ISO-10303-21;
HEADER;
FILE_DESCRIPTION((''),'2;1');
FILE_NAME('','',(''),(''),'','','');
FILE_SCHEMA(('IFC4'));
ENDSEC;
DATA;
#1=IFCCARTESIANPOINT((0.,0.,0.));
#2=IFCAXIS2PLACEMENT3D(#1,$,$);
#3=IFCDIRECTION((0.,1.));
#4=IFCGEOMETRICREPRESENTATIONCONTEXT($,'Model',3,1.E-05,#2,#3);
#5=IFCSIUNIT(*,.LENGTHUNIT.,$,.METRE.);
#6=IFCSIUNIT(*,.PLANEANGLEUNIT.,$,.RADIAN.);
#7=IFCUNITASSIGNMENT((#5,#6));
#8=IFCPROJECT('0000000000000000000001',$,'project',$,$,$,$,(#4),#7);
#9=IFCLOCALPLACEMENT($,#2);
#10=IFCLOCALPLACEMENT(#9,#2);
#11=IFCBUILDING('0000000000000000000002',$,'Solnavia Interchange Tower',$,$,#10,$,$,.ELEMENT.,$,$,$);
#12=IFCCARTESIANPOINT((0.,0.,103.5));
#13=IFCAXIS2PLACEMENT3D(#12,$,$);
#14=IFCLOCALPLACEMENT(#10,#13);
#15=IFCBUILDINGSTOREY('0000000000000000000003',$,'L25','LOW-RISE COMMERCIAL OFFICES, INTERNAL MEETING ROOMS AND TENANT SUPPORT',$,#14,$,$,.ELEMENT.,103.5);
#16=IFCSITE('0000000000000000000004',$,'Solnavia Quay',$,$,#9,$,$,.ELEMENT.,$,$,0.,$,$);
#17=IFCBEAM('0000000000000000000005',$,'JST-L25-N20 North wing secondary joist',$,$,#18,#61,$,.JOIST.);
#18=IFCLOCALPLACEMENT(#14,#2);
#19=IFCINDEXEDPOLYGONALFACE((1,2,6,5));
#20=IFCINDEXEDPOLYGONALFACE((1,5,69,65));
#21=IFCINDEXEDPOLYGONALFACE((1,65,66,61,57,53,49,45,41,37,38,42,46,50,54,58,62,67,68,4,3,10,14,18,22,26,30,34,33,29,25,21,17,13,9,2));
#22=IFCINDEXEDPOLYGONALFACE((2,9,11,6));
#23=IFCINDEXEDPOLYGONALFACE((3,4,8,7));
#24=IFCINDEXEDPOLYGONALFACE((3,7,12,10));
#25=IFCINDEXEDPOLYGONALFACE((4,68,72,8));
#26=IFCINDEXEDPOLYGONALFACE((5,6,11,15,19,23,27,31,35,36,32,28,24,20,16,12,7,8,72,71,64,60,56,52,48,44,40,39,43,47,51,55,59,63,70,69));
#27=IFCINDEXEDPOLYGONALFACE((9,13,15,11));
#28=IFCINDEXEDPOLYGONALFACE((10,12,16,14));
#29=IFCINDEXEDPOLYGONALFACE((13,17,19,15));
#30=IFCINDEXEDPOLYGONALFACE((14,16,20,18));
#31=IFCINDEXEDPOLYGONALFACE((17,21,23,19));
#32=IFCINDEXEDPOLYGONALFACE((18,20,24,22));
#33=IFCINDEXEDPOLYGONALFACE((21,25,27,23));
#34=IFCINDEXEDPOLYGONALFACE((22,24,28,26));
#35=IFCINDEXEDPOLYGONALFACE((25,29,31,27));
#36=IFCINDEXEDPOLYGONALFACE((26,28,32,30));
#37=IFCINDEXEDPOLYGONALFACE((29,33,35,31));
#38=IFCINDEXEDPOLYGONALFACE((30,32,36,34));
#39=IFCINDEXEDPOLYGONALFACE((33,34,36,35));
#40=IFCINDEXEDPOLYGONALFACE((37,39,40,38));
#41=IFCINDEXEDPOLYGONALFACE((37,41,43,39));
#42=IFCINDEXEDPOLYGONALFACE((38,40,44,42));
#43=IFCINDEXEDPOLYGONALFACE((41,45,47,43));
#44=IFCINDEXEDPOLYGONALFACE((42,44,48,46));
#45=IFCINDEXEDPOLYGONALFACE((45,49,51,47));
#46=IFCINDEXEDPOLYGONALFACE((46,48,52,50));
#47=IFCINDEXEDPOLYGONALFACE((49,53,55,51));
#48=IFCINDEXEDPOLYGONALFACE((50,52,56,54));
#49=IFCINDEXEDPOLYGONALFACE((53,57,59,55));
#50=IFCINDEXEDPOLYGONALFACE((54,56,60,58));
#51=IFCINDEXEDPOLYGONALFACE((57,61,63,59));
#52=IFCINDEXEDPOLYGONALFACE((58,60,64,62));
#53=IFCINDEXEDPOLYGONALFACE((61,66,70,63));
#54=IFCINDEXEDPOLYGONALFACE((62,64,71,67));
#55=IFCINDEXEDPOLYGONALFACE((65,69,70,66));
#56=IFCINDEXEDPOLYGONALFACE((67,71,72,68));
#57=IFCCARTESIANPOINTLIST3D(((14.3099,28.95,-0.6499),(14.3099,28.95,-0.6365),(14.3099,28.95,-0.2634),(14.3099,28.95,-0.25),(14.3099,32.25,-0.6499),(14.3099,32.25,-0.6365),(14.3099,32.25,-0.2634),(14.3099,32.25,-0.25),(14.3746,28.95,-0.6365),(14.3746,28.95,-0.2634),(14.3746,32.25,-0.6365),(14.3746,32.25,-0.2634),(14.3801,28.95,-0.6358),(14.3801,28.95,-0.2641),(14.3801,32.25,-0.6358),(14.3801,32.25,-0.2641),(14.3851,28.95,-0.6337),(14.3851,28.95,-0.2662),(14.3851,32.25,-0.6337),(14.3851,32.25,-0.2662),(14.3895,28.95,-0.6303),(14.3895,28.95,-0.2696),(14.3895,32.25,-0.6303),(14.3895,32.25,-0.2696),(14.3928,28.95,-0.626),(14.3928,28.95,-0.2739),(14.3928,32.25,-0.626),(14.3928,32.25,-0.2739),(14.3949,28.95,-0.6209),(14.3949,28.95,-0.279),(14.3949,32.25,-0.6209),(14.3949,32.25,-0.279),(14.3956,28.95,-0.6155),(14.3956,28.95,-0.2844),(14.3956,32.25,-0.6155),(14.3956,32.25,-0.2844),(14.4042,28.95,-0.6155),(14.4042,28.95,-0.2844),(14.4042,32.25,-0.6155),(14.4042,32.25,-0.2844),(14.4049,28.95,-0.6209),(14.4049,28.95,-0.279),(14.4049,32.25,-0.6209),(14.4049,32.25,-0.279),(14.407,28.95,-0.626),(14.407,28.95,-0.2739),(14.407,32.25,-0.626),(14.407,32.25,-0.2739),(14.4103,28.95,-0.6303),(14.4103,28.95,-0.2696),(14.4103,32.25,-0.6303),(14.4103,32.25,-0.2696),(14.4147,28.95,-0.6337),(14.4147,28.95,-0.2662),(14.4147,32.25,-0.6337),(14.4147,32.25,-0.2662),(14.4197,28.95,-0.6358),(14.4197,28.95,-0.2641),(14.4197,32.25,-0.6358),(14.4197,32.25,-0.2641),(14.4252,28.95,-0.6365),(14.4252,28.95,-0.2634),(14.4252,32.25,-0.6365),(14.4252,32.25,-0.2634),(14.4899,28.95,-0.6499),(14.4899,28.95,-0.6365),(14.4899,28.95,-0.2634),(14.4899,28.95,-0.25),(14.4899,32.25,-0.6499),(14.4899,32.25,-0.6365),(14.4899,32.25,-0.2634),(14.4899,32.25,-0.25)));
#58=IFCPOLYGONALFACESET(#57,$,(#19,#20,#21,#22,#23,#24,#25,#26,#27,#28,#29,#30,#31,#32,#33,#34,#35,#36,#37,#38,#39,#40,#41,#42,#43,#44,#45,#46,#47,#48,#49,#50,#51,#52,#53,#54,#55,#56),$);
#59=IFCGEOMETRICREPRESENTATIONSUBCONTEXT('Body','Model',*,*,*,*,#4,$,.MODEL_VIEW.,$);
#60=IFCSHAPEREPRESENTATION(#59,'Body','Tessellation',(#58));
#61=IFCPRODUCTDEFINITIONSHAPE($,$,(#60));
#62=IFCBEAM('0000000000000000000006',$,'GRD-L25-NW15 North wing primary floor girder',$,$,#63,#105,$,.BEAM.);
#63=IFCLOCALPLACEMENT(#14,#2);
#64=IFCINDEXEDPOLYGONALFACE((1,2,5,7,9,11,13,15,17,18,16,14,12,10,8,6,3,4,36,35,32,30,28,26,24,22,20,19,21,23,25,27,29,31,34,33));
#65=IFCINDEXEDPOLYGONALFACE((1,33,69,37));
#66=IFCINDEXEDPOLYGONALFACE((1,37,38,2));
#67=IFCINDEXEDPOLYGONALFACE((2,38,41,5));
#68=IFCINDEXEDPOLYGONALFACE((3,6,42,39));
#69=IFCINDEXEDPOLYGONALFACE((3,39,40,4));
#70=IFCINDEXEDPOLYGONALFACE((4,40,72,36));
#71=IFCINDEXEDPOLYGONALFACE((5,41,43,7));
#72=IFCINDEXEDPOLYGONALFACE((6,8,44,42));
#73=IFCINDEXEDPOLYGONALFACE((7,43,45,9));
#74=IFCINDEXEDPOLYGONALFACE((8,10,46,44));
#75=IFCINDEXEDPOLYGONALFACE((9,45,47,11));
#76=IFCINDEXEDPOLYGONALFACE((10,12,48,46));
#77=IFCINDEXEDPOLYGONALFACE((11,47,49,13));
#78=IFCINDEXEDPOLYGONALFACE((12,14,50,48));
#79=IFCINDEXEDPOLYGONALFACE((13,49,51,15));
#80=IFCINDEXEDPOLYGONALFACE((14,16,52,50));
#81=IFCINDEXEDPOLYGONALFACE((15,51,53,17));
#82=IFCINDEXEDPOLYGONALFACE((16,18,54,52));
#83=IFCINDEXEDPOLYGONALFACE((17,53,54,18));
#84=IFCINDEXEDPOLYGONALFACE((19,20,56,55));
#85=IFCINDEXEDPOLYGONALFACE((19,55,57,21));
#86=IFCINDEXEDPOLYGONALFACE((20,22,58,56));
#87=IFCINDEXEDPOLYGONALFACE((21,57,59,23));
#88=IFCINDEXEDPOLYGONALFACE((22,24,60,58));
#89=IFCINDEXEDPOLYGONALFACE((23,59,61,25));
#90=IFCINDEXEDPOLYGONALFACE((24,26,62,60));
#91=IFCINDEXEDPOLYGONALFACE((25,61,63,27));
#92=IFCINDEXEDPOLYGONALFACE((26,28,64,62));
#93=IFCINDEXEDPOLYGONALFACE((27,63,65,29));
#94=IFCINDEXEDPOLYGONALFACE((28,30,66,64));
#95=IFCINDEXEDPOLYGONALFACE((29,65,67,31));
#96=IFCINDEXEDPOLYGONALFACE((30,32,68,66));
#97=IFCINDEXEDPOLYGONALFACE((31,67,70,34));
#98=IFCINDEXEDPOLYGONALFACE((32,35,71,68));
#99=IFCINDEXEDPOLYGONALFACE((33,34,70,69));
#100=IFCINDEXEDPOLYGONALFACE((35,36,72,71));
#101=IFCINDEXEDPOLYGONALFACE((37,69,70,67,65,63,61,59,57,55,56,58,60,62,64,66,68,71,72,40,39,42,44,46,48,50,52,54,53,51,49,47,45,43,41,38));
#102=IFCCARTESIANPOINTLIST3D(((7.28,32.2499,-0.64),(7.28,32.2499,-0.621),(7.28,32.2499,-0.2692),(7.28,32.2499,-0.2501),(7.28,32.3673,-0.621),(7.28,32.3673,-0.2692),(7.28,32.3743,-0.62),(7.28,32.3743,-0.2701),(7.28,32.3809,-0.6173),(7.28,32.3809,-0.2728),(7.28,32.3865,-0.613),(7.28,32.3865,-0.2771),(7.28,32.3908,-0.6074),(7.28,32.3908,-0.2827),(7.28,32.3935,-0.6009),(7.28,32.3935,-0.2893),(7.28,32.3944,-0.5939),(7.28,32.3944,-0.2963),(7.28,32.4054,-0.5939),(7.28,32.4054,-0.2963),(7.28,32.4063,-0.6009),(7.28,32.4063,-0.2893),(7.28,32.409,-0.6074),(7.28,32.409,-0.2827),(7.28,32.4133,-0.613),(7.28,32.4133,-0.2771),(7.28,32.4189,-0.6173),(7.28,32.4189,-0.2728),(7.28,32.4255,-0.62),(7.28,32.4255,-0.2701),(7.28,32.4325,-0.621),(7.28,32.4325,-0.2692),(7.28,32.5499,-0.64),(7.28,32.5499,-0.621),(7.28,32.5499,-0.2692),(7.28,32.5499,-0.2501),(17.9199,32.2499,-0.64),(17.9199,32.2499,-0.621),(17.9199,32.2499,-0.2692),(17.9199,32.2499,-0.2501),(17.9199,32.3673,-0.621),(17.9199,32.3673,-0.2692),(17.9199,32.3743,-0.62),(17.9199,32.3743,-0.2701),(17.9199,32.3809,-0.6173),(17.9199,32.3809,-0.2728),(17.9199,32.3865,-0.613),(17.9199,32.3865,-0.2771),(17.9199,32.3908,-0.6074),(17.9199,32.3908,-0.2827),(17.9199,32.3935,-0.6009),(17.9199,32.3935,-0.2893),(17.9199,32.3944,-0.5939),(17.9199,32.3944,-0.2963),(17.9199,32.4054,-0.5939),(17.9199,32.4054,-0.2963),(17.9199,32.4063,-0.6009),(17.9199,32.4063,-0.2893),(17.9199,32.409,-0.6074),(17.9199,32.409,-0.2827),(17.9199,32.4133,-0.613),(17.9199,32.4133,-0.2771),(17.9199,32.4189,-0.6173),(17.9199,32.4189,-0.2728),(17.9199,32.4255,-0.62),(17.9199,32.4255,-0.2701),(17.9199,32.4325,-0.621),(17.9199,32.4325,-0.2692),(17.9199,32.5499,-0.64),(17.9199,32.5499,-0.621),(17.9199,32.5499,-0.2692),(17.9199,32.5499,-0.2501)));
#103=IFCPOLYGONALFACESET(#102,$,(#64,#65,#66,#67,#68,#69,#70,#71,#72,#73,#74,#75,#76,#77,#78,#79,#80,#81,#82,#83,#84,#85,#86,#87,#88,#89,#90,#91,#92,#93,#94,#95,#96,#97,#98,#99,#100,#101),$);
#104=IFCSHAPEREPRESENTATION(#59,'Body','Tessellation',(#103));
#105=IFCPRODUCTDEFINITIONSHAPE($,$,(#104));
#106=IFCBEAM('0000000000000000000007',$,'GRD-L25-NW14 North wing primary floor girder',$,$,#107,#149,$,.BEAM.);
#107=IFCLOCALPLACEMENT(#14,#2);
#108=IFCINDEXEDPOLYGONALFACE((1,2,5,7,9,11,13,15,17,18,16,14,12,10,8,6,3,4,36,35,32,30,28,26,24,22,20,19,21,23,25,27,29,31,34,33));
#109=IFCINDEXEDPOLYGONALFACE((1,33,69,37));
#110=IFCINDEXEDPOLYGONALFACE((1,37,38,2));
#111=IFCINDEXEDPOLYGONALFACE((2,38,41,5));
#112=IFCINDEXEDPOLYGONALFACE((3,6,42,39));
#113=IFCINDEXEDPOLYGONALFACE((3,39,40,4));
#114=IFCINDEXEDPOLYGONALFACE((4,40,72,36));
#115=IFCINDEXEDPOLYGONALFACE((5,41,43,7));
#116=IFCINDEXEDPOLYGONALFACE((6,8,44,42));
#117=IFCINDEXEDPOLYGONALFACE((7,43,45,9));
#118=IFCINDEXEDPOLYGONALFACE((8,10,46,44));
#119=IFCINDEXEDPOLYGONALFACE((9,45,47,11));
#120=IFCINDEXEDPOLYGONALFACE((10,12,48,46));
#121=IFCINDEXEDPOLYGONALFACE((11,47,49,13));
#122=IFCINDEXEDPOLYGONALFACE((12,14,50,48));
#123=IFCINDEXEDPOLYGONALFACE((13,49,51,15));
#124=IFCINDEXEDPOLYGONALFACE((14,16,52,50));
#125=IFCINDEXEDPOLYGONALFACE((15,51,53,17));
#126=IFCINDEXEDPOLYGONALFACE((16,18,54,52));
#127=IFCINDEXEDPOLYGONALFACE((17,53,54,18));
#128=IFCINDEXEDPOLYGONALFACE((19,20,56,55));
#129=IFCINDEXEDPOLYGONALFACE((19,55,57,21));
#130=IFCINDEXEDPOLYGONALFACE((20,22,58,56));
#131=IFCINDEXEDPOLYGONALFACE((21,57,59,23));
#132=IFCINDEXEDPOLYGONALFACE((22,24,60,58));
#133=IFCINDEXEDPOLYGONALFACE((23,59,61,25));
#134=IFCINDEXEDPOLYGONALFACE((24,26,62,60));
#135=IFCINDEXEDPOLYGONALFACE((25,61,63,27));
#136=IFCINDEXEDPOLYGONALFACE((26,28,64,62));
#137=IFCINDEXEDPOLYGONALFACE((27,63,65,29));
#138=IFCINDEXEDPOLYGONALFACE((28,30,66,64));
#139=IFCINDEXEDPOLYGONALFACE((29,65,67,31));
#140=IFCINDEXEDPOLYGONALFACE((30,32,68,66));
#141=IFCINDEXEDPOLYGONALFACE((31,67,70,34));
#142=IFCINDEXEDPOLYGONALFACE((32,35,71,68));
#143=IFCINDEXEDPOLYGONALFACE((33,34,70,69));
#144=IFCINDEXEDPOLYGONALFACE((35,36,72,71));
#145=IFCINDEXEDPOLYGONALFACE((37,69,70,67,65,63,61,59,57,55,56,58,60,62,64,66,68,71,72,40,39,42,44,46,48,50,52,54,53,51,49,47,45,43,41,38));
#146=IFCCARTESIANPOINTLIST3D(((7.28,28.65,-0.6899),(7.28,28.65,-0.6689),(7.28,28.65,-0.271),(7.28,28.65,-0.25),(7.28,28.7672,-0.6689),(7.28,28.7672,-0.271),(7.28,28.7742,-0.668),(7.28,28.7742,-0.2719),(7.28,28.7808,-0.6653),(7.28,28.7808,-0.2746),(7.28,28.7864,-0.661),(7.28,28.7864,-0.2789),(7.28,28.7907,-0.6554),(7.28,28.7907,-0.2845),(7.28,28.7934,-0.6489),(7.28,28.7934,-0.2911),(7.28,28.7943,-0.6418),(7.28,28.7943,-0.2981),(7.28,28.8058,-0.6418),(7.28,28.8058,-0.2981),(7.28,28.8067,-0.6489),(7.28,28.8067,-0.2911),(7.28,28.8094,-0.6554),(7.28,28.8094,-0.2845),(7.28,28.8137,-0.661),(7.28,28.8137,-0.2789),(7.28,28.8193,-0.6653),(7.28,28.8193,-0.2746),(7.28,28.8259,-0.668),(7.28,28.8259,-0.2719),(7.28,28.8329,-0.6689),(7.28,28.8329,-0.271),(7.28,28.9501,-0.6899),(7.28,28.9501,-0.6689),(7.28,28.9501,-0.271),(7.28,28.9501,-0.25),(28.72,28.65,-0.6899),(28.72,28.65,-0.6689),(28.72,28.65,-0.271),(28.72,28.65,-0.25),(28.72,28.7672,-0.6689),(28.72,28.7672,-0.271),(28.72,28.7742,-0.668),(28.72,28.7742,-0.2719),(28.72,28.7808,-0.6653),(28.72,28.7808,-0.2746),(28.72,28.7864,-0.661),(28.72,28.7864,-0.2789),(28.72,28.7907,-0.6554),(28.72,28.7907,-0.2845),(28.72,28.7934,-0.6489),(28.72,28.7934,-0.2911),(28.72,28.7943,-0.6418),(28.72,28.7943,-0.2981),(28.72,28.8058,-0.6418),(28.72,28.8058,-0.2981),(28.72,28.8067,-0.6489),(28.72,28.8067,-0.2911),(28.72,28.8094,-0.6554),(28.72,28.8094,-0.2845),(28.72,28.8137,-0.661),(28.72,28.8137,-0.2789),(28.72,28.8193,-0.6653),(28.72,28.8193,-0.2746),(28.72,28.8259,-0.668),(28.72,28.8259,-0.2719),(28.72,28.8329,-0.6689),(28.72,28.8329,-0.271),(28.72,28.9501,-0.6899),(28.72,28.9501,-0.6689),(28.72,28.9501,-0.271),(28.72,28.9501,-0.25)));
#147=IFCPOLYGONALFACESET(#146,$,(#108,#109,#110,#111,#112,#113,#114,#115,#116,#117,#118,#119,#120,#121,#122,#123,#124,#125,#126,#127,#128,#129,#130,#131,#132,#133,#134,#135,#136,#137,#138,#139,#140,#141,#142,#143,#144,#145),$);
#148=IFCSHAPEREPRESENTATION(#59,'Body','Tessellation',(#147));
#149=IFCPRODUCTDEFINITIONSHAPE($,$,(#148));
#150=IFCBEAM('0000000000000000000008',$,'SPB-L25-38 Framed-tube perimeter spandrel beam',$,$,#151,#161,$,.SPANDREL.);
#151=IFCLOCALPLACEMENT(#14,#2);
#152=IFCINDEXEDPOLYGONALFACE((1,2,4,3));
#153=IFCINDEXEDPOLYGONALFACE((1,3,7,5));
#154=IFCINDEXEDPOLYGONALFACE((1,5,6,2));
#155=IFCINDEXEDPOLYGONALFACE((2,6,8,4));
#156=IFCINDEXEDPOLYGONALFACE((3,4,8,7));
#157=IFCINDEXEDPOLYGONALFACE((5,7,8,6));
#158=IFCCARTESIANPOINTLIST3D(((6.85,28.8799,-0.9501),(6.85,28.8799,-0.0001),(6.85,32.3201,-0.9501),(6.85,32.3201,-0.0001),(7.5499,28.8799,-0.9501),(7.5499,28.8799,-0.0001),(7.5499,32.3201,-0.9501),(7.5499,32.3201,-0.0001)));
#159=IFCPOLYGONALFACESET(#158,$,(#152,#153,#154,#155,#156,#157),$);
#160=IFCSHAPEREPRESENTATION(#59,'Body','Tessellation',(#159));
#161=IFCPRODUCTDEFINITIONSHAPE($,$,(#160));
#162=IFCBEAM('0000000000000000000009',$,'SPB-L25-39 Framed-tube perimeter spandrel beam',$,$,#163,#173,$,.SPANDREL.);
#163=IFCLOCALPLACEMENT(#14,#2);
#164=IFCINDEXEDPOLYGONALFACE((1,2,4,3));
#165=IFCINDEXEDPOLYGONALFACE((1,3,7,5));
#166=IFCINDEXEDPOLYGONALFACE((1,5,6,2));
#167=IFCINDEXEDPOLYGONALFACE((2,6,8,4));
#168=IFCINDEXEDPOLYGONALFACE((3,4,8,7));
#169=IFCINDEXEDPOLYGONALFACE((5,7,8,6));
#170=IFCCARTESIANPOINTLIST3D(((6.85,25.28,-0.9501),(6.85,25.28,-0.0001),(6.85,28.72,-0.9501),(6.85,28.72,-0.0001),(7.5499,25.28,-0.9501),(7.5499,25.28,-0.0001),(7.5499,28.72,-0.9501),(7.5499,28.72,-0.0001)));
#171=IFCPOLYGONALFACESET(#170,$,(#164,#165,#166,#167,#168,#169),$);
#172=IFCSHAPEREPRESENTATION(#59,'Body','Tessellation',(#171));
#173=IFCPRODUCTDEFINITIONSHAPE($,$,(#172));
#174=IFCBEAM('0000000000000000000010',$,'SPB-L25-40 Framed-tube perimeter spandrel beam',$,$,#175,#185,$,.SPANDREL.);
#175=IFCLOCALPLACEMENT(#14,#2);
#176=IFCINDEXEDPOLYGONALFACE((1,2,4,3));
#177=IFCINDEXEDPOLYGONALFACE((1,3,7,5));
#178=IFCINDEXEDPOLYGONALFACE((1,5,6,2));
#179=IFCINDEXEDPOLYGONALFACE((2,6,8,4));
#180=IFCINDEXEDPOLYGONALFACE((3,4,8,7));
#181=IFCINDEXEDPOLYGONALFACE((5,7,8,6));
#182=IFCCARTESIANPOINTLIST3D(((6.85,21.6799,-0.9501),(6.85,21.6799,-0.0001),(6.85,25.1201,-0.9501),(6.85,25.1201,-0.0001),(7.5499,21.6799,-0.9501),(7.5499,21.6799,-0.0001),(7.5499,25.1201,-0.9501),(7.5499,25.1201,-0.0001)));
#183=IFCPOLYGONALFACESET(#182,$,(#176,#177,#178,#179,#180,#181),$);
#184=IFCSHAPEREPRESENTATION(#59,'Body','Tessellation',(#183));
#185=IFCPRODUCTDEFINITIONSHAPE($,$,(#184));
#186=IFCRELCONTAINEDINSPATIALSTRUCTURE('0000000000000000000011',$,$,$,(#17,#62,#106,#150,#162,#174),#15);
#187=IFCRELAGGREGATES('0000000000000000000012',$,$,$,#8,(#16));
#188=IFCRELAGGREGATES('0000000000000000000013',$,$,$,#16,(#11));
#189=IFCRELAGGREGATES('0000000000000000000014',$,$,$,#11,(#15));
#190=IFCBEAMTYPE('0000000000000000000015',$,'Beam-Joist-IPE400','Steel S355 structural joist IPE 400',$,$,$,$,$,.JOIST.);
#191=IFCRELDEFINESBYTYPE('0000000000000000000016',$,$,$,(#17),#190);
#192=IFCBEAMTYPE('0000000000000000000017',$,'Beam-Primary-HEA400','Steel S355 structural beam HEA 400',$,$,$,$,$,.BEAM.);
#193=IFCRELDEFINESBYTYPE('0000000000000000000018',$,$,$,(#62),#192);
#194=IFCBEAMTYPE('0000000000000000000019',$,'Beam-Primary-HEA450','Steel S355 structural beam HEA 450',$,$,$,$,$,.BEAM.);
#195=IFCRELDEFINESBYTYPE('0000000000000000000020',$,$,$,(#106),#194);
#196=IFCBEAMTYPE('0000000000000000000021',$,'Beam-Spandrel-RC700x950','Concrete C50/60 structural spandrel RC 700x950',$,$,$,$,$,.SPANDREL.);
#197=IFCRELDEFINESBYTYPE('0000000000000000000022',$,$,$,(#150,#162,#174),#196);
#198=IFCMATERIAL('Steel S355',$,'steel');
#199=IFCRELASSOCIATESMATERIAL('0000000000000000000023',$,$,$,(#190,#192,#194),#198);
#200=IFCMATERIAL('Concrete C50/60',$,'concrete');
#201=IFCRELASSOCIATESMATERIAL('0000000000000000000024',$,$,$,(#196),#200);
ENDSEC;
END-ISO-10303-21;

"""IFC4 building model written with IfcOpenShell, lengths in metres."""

from ifc_helpers import new_model, si_unit, direction, frame, origin, origin_2d, place, context, subcontext, project, spatial, rectangle, i_section, extrude, material, material_profile, profile_set, type_object, element, save


model = new_model("IFC4")

# Units and contexts
model_context = context("Model", 3, precision=1e-05, world=origin(), true_north=direction((0.0, 1.0)))
body_context = subcontext(model_context, "Body", "Model", "MODEL_VIEW")
ifc_project = project(units=[si_unit("LENGTHUNIT", "METRE"), si_unit("PLANEANGLEUNIT", "RADIAN")], contexts=[model_context])

# Site, building, storey
site_placement = place(None, origin())
site = spatial("IfcSite", under=ifc_project, at=site_placement, Name="Solnavia Quay", CompositionType="ELEMENT", RefElevation=0.0)
building_placement = place(site_placement, origin())
building = spatial("IfcBuilding", under=site, at=building_placement, Name="Solnavia Interchange Tower", CompositionType="ELEMENT")
storey_placement = place(building_placement, frame((0.0, 0.0, 103.5)))
storey = spatial("IfcBuildingStorey", under=building, at=storey_placement, Name="L25", Description="LOW-RISE COMMERCIAL OFFICES, INTERNAL MEETING ROOMS AND TENANT SUPPORT", CompositionType="ELEMENT", Elevation=103.5)

# Shared definitions
ifc_material_1 = material(Name="Concrete C50/60", Category="concrete")
ifc_material_2 = material(Name="Steel S355", Category="steel")

# Beams
ifc_material_profile_1 = material_profile(ifc_material_2, i_section(OverallWidth=0.1799, OverallDepth=0.3999, WebThickness=0.0085, FlangeThickness=0.0134, FilletRadius=0.021, at=origin_2d()), Name="IPE 400")
ifc_profile_set_1 = profile_set([ifc_material_profile_1], Name="Steel S355")
beam_type_1 = type_object("IfcBeamType", Name="Beam-Joist-IPE400", Description="Steel S355 structural joist IPE 400", PredefinedType="JOIST", material=ifc_profile_set_1)
for number, where, z_axis, x_axis, name in (
    (1, (14.3999, 28.95, -0.45), (0.0, 1.0, 0.0), (-1.0, 0.0, 0.0), "JST-L25-N20 North wing secondary joist"),
):
    element("IfcBeam", number, at=place(storey_placement, frame(where, z_axis=z_axis, x_axis=x_axis)), inside=storey, type_object=beam_type_1, Name=name, PredefinedType="JOIST", context=body_context, shape_type="SweptSolid", body=[
        extrude(i_section(OverallWidth=0.1799, OverallDepth=0.3999, WebThickness=0.0085, FlangeThickness=0.0134, FilletRadius=0.021, at=origin_2d()), origin(), (0.0, 0.0, 1.0), 3.3),
    ])
ifc_material_profile_2 = material_profile(ifc_material_2, i_section(OverallWidth=0.3, OverallDepth=0.3899, WebThickness=0.011, FlangeThickness=0.019, FilletRadius=0.0271, at=origin_2d()), Name="HEA 400")
ifc_profile_set_2 = profile_set([ifc_material_profile_2], Name="Steel S355")
beam_type_2 = type_object("IfcBeamType", Name="Beam-Primary-HEA400", Description="Steel S355 structural beam HEA 400", PredefinedType="BEAM", material=ifc_profile_set_2)
beam_1_placement = place(storey_placement, frame((7.28, 32.3999, -0.4451), z_axis=(1.0, 0.0, 0.0), x_axis=(0.0, 1.0, 0.0)))
element("IfcBeam", 2, at=beam_1_placement, inside=storey, type_object=beam_type_2, Name="GRD-L25-NW15 North wing primary floor girder", PredefinedType="BEAM", context=body_context, shape_type="SweptSolid", body=[
    extrude(i_section(OverallWidth=0.3, OverallDepth=0.3899, WebThickness=0.011, FlangeThickness=0.019, FilletRadius=0.0271, at=origin_2d()), origin(), (0.0, 0.0, 1.0), 10.6399),
])
ifc_material_profile_3 = material_profile(ifc_material_2, i_section(OverallWidth=0.3, OverallDepth=0.4399, WebThickness=0.0115, FlangeThickness=0.021, FilletRadius=0.0271, at=origin_2d()), Name="HEA 450")
ifc_profile_set_3 = profile_set([ifc_material_profile_3], Name="Steel S355")
beam_type_3 = type_object("IfcBeamType", Name="Beam-Primary-HEA450", Description="Steel S355 structural beam HEA 450", PredefinedType="BEAM", material=ifc_profile_set_3)
beam_2_placement = place(storey_placement, frame((7.28, 28.8, -0.47), z_axis=(1.0, 0.0, 0.0), x_axis=(0.0, 1.0, 0.0)))
element("IfcBeam", 3, at=beam_2_placement, inside=storey, type_object=beam_type_3, Name="GRD-L25-NW14 North wing primary floor girder", PredefinedType="BEAM", context=body_context, shape_type="SweptSolid", body=[
    extrude(i_section(OverallWidth=0.3, OverallDepth=0.4399, WebThickness=0.0115, FlangeThickness=0.021, FilletRadius=0.0271, at=origin_2d()), origin(), (0.0, 0.0, 1.0), 21.4399),
])
ifc_material_profile_4 = material_profile(ifc_material_1, rectangle(XDim=0.7, YDim=0.95, at=origin_2d()), Name="RC 700x950")
ifc_profile_set_4 = profile_set([ifc_material_profile_4], Name="Concrete C50/60")
beam_type_4 = type_object("IfcBeamType", Name="Beam-Spandrel-RC700x950", Description="Concrete C50/60 structural spandrel RC 700x950", PredefinedType="SPANDREL", material=ifc_profile_set_4)
beam_3_placement = place(storey_placement, frame((7.2, 32.3201, -0.4751), z_axis=(0.0, -1.0, 0.0), x_axis=(1.0, 0.0, 0.0)))
element("IfcBeam", 4, at=beam_3_placement, inside=storey, type_object=beam_type_4, Name="SPB-L25-38 Framed-tube perimeter spandrel beam", PredefinedType="SPANDREL", context=body_context, shape_type="SweptSolid", body=[
    extrude(rectangle(XDim=0.7, YDim=0.95, at=origin_2d()), origin(), (0.0, 0.0, 1.0), 3.4402),
])
beam_4_placement = place(storey_placement, frame((7.2, 28.72, -0.4751), z_axis=(0.0, -1.0, 0.0), x_axis=(1.0, 0.0, 0.0)))
element("IfcBeam", 5, at=beam_4_placement, inside=storey, type_object=beam_type_4, Name="SPB-L25-39 Framed-tube perimeter spandrel beam", PredefinedType="SPANDREL", context=body_context, shape_type="SweptSolid", body=[
    extrude(rectangle(XDim=0.7, YDim=0.95, at=origin_2d()), origin(), (0.0, 0.0, 1.0), 3.4399),
])
beam_5_placement = place(storey_placement, frame((7.2, 25.1201, -0.4751), z_axis=(0.0, -1.0, 0.0), x_axis=(1.0, 0.0, 0.0)))
element("IfcBeam", 6, at=beam_5_placement, inside=storey, type_object=beam_type_4, Name="SPB-L25-40 Framed-tube perimeter spandrel beam", PredefinedType="SPANDREL", context=body_context, shape_type="SweptSolid", body=[
    extrude(rectangle(XDim=0.7, YDim=0.95, at=origin_2d()), origin(), (0.0, 0.0, 1.0), 3.4402),
])

save(model, "model.ifc")
